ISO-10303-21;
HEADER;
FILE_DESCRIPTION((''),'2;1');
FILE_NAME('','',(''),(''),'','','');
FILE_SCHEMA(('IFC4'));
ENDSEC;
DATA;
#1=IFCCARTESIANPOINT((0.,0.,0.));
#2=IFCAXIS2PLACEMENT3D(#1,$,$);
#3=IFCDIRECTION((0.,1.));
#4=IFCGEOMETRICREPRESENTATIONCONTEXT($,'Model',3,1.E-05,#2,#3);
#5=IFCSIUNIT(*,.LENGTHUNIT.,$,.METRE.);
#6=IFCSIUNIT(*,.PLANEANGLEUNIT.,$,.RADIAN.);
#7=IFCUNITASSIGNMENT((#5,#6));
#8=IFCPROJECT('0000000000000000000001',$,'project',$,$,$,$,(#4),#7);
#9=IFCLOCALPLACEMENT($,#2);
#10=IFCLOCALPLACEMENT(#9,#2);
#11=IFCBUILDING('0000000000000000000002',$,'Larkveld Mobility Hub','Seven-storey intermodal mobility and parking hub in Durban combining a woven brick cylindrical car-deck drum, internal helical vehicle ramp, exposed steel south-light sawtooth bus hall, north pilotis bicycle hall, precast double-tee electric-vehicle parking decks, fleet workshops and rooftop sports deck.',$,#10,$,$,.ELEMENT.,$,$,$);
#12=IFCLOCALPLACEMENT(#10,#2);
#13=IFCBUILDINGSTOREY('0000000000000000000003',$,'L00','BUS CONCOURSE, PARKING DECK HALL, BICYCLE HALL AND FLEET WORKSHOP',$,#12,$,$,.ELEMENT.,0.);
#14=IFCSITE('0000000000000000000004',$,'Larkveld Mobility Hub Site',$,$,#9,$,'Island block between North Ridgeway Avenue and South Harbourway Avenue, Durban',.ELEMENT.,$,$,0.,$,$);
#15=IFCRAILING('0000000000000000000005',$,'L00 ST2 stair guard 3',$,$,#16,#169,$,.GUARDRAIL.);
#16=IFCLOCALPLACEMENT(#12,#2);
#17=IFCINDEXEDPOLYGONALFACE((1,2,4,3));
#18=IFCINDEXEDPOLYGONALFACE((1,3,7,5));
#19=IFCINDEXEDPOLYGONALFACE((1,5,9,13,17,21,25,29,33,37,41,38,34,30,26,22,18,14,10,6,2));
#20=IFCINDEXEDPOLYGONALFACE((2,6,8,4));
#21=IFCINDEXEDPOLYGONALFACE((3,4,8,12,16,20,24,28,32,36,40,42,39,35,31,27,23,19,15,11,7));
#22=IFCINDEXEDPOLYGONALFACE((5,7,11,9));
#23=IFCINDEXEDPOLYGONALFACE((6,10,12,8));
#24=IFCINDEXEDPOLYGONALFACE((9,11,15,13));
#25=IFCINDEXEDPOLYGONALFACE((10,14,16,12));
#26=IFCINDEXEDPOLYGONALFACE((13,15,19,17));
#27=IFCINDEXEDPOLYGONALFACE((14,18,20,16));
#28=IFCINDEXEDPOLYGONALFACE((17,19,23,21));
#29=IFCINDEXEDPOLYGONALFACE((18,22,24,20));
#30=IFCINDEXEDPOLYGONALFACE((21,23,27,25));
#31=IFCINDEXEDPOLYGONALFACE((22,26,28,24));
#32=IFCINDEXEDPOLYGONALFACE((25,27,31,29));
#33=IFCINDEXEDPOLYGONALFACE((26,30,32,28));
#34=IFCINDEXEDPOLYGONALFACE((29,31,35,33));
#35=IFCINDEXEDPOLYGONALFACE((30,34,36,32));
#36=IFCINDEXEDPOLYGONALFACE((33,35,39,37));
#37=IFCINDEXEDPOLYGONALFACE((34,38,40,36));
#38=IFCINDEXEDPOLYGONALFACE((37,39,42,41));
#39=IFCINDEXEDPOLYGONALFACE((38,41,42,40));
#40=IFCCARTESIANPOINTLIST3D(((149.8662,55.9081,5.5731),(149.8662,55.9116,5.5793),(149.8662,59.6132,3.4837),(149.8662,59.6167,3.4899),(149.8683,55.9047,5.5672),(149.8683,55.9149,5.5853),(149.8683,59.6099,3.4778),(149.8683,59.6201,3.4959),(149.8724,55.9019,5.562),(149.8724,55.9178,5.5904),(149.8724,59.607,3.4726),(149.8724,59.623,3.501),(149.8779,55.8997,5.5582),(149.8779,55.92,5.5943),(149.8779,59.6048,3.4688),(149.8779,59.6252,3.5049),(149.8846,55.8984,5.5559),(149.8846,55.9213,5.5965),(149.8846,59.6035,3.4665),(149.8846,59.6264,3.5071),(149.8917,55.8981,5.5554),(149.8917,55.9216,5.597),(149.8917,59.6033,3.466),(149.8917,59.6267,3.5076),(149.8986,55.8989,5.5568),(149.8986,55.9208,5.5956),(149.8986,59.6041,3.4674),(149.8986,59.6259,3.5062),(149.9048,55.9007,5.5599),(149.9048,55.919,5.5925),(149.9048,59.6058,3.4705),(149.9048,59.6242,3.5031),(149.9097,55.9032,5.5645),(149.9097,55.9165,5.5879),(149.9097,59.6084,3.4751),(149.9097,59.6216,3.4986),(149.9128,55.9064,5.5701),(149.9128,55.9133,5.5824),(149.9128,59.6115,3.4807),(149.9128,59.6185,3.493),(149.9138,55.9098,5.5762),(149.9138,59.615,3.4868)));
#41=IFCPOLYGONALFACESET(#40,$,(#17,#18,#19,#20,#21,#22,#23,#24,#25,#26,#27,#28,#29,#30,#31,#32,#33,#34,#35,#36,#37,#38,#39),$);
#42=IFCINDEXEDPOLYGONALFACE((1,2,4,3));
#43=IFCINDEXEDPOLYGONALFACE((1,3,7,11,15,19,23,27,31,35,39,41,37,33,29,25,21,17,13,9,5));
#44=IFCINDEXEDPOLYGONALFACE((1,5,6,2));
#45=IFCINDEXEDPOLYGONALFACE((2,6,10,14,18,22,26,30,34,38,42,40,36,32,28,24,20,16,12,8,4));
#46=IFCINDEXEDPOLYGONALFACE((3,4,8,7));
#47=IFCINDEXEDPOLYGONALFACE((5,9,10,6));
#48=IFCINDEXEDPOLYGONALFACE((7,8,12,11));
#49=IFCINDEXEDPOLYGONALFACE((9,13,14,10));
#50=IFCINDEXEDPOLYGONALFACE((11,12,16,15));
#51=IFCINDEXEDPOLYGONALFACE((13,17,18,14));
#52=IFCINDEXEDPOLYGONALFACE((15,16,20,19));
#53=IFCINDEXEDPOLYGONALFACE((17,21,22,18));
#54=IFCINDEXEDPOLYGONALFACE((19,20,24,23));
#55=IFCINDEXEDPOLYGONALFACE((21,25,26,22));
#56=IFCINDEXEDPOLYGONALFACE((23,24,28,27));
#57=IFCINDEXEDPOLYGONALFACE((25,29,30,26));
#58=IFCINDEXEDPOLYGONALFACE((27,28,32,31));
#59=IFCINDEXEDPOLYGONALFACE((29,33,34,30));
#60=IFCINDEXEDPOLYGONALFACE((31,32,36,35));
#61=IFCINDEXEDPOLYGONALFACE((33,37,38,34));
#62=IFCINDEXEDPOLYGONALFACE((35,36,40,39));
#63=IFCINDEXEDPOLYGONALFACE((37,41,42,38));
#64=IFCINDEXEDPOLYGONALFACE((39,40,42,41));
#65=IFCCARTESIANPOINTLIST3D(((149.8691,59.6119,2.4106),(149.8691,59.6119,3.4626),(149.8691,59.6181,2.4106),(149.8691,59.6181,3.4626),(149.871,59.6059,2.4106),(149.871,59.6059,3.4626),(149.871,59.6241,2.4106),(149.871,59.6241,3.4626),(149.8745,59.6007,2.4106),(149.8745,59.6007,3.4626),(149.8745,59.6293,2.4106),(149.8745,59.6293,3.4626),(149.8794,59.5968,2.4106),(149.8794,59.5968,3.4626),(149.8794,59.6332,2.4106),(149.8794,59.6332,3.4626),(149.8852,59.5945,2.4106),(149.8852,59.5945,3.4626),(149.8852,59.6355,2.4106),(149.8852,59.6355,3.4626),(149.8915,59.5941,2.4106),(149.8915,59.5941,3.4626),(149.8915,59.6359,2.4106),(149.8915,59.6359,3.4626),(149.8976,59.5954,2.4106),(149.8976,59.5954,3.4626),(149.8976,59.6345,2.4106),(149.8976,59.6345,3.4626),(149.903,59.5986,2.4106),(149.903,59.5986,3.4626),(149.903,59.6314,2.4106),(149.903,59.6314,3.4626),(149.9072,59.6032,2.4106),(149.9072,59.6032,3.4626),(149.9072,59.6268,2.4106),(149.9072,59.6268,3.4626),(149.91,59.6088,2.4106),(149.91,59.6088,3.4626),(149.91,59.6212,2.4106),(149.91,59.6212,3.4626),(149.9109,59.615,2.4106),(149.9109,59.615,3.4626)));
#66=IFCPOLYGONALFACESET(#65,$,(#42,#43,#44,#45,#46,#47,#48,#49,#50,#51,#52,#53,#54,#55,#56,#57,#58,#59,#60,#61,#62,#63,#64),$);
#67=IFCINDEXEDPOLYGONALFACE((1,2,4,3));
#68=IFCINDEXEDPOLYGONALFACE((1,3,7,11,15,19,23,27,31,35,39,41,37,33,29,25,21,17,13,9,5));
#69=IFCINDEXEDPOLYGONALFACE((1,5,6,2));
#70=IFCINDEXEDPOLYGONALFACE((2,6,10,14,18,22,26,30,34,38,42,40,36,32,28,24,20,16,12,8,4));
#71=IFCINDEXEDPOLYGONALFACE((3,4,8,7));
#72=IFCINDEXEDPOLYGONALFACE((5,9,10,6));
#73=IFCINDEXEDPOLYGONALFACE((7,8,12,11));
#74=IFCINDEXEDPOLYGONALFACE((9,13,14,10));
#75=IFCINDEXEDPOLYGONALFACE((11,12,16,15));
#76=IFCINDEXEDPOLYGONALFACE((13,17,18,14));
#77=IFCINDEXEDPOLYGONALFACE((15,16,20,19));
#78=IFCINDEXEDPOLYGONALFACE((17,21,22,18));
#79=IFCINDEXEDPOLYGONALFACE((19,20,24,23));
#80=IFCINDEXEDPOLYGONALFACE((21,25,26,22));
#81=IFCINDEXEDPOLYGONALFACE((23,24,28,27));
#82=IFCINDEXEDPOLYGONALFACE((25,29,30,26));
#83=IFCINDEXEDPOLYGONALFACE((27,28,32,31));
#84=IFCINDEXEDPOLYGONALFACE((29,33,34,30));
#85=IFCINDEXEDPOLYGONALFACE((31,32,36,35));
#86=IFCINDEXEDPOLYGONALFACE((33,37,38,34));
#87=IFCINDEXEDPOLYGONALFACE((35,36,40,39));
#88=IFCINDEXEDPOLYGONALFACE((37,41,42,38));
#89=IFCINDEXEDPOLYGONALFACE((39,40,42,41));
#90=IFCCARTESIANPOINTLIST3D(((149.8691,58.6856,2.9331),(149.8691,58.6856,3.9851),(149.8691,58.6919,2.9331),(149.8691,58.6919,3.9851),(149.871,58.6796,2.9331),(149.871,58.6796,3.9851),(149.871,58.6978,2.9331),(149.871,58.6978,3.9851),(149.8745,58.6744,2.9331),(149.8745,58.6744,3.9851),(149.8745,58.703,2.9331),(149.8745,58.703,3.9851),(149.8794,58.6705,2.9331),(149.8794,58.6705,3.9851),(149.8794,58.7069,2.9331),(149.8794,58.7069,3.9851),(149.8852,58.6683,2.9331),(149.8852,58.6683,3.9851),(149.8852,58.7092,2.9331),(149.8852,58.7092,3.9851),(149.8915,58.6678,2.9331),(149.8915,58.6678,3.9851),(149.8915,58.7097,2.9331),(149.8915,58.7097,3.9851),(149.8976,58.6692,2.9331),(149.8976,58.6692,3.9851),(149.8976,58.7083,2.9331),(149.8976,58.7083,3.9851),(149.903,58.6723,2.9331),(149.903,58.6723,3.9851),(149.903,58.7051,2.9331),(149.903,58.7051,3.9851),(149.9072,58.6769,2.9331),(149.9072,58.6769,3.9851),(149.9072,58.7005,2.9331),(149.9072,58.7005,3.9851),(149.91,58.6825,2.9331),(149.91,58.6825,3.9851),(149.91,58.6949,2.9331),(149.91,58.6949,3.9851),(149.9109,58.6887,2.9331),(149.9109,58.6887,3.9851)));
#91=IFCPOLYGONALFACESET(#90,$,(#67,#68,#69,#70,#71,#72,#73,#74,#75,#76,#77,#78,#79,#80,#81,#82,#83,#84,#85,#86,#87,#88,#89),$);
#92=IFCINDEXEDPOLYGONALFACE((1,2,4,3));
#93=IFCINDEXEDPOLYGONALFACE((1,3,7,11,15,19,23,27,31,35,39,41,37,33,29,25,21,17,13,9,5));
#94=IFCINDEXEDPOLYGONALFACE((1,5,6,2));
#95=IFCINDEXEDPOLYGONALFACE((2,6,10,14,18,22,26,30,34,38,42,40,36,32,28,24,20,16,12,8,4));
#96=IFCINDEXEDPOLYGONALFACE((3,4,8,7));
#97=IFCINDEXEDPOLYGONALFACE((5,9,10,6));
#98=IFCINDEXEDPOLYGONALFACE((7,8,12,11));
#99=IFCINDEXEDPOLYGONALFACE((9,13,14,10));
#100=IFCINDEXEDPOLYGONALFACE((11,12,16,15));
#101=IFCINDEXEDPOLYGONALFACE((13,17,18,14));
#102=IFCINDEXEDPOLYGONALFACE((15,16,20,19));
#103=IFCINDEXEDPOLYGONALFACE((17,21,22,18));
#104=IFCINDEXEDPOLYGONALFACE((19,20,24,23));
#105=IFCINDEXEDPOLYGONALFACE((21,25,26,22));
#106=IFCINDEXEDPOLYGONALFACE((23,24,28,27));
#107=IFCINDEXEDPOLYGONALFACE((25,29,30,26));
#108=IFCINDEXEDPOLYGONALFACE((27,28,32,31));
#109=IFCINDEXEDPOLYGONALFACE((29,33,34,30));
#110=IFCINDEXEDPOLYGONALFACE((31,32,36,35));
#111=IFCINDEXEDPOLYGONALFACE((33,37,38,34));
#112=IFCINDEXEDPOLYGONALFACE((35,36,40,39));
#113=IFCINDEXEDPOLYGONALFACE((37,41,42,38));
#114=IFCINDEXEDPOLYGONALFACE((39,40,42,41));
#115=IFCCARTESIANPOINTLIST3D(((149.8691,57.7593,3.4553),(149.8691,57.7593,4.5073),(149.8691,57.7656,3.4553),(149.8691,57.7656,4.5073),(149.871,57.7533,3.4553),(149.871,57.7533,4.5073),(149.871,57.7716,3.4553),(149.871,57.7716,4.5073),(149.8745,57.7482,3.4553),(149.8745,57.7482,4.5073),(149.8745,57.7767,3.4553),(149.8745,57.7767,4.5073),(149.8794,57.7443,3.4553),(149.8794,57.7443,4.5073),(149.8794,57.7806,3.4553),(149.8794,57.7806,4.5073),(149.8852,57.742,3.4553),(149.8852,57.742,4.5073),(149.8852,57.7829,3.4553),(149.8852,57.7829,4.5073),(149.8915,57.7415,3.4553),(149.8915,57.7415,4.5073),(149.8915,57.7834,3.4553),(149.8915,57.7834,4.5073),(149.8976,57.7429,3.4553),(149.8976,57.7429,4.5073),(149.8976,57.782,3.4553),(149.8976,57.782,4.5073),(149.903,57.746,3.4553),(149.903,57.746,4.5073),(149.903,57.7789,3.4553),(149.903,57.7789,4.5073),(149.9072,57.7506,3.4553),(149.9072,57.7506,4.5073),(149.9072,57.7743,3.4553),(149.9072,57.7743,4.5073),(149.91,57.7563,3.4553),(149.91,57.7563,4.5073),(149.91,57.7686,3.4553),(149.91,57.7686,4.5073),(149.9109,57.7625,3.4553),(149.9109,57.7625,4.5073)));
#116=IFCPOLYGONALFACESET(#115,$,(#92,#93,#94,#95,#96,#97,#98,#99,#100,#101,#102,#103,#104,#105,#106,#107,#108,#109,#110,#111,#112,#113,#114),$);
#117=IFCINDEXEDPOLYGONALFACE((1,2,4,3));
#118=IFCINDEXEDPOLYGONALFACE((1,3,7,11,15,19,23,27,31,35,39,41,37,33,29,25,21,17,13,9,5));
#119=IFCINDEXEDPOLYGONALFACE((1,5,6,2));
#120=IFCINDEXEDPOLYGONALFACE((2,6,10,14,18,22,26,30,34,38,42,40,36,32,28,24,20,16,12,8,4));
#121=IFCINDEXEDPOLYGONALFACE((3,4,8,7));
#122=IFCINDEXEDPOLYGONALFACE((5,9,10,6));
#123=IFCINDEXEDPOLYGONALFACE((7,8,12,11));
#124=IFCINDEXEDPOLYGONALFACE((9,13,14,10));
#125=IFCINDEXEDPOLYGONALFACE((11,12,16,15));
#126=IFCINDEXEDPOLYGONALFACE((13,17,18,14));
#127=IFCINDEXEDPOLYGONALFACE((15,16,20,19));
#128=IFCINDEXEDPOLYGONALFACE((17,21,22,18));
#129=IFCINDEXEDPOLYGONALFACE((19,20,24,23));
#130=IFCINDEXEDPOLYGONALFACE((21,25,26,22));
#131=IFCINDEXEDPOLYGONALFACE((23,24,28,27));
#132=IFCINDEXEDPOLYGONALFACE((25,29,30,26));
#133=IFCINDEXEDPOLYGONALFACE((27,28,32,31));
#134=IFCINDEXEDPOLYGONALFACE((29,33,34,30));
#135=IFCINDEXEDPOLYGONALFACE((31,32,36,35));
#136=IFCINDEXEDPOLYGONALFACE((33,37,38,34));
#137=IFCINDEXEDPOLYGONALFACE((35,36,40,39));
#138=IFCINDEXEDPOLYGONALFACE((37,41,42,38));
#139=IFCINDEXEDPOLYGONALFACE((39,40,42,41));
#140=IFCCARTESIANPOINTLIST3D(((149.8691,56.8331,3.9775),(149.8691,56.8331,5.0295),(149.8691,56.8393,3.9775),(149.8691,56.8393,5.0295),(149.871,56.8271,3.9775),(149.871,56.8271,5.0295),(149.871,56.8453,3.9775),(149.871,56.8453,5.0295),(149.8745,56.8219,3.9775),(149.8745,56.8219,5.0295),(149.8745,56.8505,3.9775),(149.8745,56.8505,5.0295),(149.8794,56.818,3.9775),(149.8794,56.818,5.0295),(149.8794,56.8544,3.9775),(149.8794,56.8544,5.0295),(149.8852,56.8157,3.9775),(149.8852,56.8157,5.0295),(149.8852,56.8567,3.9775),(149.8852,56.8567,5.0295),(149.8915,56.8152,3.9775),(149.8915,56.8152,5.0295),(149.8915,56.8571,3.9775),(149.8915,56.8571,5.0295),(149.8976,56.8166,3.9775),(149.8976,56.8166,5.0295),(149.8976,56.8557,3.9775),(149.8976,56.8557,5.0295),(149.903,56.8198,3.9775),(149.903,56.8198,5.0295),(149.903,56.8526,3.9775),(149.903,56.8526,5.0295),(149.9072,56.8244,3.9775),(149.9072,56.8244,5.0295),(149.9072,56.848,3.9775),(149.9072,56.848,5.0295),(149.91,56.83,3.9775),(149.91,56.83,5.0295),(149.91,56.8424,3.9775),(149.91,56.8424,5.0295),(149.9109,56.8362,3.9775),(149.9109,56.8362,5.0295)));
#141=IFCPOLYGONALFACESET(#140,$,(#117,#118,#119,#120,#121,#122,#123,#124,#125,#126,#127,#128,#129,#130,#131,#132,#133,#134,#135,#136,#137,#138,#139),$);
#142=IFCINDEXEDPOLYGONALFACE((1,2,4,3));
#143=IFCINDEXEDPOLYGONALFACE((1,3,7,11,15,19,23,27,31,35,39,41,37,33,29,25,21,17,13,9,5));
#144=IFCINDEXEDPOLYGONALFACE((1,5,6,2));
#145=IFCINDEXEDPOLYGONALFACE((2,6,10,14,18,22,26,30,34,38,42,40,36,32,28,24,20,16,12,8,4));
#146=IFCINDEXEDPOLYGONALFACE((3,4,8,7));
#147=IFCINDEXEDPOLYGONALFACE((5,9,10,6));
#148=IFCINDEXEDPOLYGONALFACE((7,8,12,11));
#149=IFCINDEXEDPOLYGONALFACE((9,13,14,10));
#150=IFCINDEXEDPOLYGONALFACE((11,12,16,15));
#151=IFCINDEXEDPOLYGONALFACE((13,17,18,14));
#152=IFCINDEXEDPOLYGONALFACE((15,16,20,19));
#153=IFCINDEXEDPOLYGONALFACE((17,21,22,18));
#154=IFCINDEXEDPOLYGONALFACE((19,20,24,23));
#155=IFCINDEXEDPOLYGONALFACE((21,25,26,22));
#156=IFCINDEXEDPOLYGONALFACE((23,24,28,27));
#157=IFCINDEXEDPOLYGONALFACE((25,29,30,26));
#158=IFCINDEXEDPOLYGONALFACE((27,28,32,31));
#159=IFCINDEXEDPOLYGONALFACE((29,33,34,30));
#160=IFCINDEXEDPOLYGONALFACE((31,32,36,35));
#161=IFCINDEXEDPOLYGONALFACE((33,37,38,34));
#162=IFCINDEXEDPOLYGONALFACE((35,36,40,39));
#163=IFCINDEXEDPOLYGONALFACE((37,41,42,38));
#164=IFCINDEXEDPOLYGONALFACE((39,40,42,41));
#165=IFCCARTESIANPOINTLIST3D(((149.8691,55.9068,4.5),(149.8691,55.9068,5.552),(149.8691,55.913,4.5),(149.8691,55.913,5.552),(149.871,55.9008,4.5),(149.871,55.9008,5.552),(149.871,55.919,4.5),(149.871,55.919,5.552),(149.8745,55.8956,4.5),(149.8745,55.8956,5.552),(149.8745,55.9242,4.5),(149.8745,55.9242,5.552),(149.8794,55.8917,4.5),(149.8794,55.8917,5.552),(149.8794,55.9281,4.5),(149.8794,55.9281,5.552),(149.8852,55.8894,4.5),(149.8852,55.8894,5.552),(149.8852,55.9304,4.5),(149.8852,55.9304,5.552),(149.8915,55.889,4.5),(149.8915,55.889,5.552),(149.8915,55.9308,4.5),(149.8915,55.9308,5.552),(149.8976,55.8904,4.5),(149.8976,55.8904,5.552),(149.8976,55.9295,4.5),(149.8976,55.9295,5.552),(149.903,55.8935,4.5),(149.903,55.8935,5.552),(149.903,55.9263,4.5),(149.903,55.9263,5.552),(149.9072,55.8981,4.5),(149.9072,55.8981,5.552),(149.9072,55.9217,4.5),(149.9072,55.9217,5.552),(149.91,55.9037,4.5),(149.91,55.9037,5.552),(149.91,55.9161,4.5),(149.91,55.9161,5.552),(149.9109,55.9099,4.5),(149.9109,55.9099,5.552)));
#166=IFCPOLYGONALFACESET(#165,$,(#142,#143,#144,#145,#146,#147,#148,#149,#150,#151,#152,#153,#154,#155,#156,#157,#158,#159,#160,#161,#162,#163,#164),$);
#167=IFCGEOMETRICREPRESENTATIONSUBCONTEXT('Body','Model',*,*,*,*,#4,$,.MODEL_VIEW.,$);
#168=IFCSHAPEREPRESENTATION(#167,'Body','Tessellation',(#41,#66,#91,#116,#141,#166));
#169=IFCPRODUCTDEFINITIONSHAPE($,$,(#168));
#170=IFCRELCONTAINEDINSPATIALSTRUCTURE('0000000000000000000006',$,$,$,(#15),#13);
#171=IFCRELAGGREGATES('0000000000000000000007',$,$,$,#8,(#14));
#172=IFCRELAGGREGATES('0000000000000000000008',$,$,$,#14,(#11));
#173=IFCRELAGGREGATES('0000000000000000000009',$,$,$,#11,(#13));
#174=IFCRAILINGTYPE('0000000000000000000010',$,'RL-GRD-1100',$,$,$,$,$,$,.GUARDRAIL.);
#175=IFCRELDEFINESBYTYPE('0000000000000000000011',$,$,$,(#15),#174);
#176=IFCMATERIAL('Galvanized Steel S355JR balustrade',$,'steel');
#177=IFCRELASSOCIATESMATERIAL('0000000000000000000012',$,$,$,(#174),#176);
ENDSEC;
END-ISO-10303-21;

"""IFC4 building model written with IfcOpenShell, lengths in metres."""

from ifc_helpers import new_model, si_unit, direction, frame, origin, origin_2d, place, context, subcontext, project, spatial, circle, extrude, material, type_object, element, save


model = new_model("IFC4")

# Units and contexts
model_context = context("Model", 3, precision=1e-05, world=origin(), true_north=direction((0.0, 1.0)))
body_context = subcontext(model_context, "Body", "Model", "MODEL_VIEW")
ifc_project = project(units=[si_unit("LENGTHUNIT", "METRE"), si_unit("PLANEANGLEUNIT", "RADIAN")], contexts=[model_context])

# Site, building, storey
site_placement = place(None, origin())
site = spatial("IfcSite", under=ifc_project, at=site_placement, Name="Larkveld Mobility Hub Site", LongName="Island block between North Ridgeway Avenue and South Harbourway Avenue, Durban", CompositionType="ELEMENT", RefElevation=0.0)
building_placement = place(site_placement, origin())
building = spatial("IfcBuilding", under=site, at=building_placement, Name="Larkveld Mobility Hub", Description="Seven-storey intermodal mobility and parking hub in Durban combining a woven brick cylindrical car-deck drum, internal helical vehicle ramp, exposed steel south-light sawtooth bus hall, north pilotis bicycle hall, precast double-tee electric-vehicle parking decks, fleet workshops and rooftop sports deck.", CompositionType="ELEMENT")
storey_placement = place(building_placement, origin())
storey = spatial("IfcBuildingStorey", under=building, at=storey_placement, Name="L00", Description="BUS CONCOURSE, PARKING DECK HALL, BICYCLE HALL AND FLEET WORKSHOP", CompositionType="ELEMENT", Elevation=0.0)

# Railing
ifc_material_1 = material(Name="Galvanized Steel S355JR balustrade", Category="steel")
railing_type_1 = type_object("IfcRailingType", Name="RL-GRD-1100", PredefinedType="GUARDRAIL", material=ifc_material_1)
railing_1_placement = place(storey_placement, frame((149.8899, 59.615, 2.4106)))
element("IfcRailing", 1, at=railing_1_placement, inside=storey, type_object=railing_type_1, Name="L00 ST2 stair guard 3", PredefinedType="GUARDRAIL", context=body_context, shape_type="SweptSolid", body=[
    extrude(circle(Radius=0.0239, at=origin_2d()), frame((0.0, 0.0, 1.0762), z_axis=(0.0, -0.871048, 0.491198), x_axis=(1.0, 0.0, 0.0)), (0.0, 0.0, 1.0), 4.2537),
    extrude(circle(Radius=0.021, at=origin_2d()), origin(), (0.0, 0.0, 1.0), 1.052),
    extrude(circle(Radius=0.021, at=origin_2d()), frame((0.0, -0.9263, 0.5225)), (0.0, 0.0, 1.0), 1.052),
    extrude(circle(Radius=0.021, at=origin_2d()), frame((0.0, -1.8525, 1.0447)), (0.0, 0.0, 1.0), 1.052),
    extrude(circle(Radius=0.021, at=origin_2d()), frame((0.0, -2.7788, 1.5669)), (0.0, 0.0, 1.0), 1.052),
    extrude(circle(Radius=0.021, at=origin_2d()), frame((0.0, -3.7051, 2.0894)), (0.0, 0.0, 1.0), 1.052),
])

save(model, "model.ifc")
